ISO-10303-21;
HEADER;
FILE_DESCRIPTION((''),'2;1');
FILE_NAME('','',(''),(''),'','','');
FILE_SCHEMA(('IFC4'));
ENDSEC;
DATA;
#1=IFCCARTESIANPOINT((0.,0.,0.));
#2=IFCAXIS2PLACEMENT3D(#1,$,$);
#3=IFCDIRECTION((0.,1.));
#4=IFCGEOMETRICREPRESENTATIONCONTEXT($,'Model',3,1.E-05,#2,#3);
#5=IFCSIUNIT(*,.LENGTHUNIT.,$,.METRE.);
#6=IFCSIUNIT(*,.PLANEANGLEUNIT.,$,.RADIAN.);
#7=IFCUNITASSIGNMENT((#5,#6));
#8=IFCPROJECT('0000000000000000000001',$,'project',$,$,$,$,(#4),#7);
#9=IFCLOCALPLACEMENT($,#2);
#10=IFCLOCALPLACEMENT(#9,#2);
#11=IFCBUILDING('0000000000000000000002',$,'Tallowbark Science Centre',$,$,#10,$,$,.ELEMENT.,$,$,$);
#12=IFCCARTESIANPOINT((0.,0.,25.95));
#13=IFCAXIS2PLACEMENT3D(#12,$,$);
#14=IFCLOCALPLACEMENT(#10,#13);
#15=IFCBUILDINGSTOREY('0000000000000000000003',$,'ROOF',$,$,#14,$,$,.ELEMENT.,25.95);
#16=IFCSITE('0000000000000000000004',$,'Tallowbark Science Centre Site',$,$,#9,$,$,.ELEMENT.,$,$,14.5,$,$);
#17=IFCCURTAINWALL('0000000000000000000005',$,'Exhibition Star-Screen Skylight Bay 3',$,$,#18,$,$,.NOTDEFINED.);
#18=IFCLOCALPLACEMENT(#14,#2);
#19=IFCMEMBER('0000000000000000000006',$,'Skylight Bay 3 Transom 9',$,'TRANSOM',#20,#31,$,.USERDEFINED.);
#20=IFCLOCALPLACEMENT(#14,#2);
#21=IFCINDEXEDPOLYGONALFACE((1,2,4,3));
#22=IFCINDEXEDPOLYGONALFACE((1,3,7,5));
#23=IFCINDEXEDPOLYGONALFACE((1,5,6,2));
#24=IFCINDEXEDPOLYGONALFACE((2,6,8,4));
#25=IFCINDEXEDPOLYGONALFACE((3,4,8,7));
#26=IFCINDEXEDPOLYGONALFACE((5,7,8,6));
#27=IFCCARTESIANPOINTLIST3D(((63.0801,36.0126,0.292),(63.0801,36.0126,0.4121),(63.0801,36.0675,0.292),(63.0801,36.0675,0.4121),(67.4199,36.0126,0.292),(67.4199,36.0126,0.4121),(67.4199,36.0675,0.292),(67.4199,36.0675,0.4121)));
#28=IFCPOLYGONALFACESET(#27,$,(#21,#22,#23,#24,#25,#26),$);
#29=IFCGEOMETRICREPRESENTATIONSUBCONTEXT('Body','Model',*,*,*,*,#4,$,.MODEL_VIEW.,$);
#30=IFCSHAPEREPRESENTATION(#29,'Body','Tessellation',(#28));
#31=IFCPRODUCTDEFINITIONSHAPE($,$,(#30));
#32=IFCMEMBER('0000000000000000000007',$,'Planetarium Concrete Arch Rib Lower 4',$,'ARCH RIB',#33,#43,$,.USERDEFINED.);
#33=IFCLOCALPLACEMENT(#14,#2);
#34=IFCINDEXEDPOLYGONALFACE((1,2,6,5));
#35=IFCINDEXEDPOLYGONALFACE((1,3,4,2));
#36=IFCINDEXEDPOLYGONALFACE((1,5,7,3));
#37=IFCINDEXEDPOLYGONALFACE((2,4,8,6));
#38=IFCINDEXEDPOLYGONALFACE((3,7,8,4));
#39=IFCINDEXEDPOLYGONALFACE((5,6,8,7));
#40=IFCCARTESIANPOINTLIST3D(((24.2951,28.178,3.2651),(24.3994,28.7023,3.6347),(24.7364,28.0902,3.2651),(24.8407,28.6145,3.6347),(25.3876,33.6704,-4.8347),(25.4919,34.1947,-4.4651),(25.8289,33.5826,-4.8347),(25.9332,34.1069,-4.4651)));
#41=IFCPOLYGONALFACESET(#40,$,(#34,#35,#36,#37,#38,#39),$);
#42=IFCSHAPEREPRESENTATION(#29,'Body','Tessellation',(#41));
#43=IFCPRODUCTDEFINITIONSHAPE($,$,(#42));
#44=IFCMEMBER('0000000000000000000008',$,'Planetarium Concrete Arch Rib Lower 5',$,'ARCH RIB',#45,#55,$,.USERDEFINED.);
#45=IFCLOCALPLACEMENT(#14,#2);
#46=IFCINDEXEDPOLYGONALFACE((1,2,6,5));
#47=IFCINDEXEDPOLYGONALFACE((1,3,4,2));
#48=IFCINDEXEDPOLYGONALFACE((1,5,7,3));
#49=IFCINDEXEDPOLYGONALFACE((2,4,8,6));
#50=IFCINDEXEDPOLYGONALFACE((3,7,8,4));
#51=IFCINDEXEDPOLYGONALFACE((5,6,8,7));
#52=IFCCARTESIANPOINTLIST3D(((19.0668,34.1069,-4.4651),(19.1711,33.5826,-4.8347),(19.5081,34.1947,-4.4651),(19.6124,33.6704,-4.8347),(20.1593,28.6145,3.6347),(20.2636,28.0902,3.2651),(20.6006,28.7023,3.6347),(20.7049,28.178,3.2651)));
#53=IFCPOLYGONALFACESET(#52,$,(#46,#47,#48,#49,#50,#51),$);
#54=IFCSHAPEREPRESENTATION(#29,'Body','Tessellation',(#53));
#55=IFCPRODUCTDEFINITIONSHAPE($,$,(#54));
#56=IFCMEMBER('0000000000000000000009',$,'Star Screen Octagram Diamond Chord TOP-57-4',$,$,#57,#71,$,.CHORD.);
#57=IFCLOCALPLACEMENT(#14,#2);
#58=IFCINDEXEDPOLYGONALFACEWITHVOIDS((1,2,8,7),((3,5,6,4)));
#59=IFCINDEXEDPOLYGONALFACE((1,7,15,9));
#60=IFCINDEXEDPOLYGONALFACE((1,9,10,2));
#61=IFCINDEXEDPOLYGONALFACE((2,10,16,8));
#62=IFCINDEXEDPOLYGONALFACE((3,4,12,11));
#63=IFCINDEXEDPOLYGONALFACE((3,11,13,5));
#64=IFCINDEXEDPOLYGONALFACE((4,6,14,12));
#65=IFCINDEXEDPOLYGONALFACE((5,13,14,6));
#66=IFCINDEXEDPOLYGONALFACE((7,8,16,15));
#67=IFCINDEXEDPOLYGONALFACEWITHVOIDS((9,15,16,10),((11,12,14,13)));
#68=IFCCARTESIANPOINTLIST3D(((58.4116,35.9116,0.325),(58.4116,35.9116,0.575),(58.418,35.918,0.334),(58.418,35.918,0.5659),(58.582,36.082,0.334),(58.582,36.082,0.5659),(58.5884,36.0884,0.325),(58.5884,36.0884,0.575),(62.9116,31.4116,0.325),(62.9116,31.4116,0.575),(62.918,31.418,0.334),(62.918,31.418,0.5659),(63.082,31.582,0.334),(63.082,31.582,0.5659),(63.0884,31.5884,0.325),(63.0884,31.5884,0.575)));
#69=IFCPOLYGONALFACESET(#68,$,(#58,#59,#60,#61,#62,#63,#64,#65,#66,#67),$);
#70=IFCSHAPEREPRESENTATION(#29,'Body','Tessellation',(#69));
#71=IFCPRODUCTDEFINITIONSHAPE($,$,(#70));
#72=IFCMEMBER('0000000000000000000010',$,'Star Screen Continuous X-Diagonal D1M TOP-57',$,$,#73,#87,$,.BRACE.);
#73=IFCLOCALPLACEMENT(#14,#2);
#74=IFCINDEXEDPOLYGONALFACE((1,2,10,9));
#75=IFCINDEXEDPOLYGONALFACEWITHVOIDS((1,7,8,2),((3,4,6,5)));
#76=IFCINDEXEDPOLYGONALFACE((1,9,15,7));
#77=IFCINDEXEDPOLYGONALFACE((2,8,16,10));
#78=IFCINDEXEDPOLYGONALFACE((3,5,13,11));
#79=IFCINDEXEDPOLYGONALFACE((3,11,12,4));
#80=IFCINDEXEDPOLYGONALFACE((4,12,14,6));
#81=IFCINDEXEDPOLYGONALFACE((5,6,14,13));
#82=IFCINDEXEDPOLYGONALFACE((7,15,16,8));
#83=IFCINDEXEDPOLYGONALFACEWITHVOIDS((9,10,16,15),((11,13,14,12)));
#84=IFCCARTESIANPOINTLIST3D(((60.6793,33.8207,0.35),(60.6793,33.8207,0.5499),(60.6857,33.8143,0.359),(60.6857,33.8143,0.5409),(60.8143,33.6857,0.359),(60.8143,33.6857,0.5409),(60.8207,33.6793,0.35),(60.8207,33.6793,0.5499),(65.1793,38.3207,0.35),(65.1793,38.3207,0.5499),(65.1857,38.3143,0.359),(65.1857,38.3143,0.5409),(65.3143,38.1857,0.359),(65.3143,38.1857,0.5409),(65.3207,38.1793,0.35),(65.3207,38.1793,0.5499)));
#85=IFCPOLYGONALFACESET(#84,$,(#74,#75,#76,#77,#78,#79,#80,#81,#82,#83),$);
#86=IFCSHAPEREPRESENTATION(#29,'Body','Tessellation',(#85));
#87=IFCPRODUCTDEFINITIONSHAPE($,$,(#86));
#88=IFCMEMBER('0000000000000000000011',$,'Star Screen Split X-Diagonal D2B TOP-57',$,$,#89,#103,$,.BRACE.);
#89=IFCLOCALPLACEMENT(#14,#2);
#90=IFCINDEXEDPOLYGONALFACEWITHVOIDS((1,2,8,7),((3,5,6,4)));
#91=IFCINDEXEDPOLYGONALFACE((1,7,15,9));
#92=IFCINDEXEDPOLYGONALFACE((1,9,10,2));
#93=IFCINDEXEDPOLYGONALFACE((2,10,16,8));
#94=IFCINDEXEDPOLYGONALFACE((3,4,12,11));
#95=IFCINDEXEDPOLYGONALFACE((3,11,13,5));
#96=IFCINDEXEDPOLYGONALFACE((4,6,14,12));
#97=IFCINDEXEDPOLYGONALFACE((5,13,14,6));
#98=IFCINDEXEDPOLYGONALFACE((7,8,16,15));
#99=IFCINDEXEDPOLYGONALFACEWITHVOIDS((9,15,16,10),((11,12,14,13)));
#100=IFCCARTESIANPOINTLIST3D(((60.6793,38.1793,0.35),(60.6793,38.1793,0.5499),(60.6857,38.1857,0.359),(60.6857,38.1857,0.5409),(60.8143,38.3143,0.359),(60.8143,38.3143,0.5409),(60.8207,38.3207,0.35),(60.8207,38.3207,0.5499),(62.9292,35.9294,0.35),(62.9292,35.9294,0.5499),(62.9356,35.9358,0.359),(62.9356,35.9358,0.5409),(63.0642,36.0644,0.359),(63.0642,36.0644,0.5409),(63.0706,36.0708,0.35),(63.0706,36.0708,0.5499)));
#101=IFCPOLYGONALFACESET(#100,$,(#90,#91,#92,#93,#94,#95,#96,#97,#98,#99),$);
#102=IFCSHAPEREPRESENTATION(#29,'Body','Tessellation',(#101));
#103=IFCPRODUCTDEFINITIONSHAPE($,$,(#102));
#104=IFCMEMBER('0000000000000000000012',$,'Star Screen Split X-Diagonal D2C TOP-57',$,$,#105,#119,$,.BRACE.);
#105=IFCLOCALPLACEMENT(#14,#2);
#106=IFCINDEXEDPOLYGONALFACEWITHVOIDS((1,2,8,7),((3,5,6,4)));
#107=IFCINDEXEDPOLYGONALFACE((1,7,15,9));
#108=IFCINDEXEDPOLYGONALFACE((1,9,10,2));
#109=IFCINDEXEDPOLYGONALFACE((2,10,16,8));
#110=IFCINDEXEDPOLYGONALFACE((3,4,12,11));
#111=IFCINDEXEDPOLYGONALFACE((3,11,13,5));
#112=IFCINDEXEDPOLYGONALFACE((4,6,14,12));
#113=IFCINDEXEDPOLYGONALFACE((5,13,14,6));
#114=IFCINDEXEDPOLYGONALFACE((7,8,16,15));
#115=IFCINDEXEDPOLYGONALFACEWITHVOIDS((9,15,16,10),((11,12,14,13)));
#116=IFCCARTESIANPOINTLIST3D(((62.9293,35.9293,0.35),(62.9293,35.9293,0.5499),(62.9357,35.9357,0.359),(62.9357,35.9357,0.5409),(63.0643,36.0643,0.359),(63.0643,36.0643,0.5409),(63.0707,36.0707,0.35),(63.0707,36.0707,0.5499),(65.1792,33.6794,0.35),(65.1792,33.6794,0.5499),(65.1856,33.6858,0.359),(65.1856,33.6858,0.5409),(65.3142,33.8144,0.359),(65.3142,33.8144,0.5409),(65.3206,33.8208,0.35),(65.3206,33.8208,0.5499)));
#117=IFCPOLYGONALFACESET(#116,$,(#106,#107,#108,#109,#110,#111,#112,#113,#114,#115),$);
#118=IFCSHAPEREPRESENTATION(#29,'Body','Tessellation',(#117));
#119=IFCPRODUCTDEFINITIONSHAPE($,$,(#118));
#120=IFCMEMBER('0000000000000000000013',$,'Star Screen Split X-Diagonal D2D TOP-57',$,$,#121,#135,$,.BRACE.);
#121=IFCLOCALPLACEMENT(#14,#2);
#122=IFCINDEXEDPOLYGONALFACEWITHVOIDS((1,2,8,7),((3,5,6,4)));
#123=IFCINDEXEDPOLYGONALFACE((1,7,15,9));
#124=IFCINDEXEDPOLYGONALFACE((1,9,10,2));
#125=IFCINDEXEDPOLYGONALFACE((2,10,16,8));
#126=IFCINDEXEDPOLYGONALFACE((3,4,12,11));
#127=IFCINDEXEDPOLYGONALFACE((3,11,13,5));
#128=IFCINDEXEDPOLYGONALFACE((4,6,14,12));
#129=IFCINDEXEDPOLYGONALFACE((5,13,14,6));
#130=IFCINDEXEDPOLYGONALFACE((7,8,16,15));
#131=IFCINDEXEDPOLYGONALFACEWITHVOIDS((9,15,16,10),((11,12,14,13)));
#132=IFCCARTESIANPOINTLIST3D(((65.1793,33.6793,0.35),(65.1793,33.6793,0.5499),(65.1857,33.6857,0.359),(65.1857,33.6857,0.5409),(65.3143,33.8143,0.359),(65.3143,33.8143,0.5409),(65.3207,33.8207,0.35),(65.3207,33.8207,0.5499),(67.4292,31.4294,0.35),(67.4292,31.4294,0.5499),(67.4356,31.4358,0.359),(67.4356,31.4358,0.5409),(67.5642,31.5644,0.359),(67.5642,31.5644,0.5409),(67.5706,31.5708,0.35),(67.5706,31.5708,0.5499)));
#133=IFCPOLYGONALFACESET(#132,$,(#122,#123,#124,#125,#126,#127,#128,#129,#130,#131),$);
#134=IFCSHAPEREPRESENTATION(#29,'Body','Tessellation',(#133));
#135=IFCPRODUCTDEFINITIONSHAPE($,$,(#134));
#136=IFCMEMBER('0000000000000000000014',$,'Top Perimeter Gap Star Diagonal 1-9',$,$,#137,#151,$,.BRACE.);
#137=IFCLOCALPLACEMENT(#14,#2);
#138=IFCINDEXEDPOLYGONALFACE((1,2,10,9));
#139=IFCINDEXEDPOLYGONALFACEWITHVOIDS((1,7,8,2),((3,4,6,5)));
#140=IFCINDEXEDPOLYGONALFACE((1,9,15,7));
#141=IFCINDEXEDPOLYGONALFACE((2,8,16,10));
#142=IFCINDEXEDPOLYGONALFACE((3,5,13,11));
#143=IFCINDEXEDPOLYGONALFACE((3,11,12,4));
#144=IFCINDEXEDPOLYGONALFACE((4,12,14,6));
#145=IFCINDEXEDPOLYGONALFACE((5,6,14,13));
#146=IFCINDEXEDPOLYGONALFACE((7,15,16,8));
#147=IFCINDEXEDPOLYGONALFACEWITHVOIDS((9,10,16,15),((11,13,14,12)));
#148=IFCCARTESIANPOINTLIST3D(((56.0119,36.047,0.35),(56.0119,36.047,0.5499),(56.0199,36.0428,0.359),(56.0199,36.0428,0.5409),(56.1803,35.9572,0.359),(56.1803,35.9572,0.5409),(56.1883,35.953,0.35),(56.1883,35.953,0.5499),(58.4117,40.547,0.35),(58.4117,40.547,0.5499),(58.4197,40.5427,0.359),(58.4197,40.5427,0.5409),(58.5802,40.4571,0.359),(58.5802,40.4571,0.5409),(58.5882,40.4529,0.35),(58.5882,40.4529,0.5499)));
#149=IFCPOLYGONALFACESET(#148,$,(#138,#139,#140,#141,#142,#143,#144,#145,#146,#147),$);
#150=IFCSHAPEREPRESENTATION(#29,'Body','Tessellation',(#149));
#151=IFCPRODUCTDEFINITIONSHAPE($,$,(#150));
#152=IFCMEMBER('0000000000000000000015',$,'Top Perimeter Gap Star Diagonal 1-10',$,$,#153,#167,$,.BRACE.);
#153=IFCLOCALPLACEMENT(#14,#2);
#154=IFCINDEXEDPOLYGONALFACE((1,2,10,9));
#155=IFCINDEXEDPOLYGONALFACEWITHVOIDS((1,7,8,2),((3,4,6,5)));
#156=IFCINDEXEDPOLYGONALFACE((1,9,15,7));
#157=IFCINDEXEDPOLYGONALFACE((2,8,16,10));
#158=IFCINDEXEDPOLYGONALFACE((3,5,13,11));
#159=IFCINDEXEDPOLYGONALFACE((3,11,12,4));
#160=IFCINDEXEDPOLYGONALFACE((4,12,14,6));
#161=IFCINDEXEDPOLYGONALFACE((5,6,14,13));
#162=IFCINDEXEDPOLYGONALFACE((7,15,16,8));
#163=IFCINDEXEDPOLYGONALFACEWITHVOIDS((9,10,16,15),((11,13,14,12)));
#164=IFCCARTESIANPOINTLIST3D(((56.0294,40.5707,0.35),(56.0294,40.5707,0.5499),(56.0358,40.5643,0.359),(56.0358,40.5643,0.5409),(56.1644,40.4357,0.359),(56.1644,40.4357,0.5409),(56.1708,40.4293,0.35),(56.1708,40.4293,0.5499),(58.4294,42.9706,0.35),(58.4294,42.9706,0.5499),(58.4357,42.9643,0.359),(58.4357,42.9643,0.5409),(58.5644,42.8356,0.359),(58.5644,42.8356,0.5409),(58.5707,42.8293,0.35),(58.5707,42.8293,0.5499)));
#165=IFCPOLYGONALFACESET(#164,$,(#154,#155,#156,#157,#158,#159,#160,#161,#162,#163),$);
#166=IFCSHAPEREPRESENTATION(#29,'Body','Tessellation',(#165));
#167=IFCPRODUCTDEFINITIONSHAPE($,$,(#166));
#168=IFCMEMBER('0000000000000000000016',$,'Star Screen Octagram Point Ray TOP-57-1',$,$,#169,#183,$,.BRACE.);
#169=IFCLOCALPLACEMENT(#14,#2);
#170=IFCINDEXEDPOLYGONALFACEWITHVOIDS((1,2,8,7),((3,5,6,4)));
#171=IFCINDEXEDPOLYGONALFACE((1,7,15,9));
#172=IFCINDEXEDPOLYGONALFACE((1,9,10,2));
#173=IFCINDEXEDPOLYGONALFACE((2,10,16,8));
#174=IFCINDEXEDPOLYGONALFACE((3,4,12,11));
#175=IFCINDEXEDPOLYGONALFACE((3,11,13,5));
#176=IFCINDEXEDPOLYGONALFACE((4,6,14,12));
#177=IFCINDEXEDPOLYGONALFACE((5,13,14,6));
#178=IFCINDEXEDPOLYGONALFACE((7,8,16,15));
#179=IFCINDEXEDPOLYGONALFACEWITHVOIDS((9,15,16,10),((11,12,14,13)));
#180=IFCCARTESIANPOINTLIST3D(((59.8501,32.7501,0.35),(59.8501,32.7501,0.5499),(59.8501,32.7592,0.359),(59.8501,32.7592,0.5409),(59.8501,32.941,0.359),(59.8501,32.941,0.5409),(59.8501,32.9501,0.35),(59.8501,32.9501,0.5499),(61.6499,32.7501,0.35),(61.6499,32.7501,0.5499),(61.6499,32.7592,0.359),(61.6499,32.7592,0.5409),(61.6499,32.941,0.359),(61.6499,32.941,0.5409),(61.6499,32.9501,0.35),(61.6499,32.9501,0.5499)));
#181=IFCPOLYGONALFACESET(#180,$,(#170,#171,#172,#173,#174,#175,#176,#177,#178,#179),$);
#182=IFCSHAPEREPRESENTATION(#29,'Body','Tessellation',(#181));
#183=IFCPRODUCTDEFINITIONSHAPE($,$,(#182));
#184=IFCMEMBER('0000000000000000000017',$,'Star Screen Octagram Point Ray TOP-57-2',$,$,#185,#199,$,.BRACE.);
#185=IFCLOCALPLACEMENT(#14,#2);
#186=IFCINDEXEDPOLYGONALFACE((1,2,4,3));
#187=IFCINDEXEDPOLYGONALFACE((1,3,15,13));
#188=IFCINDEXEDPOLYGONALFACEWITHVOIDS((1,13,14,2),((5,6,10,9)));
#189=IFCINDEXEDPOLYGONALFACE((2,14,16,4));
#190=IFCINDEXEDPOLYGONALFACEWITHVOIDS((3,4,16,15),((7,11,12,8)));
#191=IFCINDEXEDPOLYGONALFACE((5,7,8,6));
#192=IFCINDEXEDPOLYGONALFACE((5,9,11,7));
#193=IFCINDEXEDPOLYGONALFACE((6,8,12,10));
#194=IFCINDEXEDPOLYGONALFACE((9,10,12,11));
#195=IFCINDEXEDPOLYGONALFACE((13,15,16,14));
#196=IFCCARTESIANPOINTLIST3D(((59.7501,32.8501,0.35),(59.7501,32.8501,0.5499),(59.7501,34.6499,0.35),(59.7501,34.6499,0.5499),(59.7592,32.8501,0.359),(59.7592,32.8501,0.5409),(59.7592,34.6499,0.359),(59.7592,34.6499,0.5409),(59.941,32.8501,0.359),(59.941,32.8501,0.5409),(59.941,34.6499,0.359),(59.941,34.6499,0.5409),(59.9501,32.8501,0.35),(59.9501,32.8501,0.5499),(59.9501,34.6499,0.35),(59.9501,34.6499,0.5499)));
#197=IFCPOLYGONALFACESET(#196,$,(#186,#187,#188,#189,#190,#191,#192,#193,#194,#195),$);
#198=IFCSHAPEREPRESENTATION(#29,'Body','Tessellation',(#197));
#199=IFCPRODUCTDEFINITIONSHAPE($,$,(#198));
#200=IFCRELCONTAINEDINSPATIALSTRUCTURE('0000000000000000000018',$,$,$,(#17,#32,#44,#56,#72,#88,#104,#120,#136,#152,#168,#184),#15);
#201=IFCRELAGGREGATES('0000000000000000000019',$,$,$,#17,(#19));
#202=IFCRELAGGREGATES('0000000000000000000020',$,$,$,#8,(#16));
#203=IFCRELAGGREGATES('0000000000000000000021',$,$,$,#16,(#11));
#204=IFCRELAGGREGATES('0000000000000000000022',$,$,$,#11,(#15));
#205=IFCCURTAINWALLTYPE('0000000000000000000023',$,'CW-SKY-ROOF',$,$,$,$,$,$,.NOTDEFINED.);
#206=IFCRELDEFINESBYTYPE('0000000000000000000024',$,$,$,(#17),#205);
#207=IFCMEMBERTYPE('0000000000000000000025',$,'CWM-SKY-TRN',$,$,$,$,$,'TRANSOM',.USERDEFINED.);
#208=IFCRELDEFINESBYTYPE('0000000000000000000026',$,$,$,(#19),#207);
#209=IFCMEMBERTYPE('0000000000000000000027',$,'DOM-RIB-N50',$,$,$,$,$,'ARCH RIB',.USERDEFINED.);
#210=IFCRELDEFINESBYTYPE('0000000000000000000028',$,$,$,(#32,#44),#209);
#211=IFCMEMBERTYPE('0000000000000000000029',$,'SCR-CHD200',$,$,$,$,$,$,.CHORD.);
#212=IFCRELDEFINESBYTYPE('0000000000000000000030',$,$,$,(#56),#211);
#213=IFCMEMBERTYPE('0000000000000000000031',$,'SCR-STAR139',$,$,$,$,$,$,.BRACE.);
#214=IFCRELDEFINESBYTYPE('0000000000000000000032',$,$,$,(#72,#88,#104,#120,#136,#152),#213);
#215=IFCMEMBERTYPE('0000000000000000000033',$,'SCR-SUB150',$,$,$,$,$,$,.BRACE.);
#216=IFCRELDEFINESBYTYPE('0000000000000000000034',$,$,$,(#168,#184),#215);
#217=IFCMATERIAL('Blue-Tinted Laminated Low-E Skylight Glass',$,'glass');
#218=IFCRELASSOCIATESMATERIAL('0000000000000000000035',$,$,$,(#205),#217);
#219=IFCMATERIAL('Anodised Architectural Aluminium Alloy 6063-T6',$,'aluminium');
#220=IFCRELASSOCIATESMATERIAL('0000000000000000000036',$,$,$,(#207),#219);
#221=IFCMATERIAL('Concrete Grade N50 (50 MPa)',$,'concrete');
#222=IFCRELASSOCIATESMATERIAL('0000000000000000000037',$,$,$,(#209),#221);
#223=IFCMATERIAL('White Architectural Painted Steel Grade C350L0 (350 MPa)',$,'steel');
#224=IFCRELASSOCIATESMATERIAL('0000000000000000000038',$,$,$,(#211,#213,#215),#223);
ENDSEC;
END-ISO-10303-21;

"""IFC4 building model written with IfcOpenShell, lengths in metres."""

from ifc_helpers import new_model, si_unit, direction, frame, origin, origin_2d, place, context, subcontext, project, spatial, rectangle, hollow_rectangle, extrude, material, material_profile, profile_set, type_object, element, aggregate, save


model = new_model("IFC4")

# Units and contexts
model_context = context("Model", 3, precision=1e-05, world=origin(), true_north=direction((0.0, 1.0)))
body_context = subcontext(model_context, "Body", "Model", "MODEL_VIEW")
ifc_project = project(units=[si_unit("LENGTHUNIT", "METRE"), si_unit("PLANEANGLEUNIT", "RADIAN")], contexts=[model_context])

# Site, building, storey
site_placement = place(None, origin())
site = spatial("IfcSite", under=ifc_project, at=site_placement, Name="Tallowbark Science Centre Site", CompositionType="ELEMENT", RefElevation=14.5)
building_placement = place(site_placement, origin())
building = spatial("IfcBuilding", under=site, at=building_placement, Name="Tallowbark Science Centre", CompositionType="ELEMENT")
storey_placement = place(building_placement, frame((0.0, 0.0, 25.95)))
storey = spatial("IfcBuildingStorey", under=building, at=storey_placement, Name="ROOF", CompositionType="ELEMENT", Elevation=25.95)

# Shared definitions
ifc_material_1 = material(Name="White Architectural Painted Steel Grade C350L0 (350 MPa)", Category="steel")
ifc_material_2 = material(Name="Concrete Grade N50 (50 MPa)", Category="concrete")

# Curtain wall, member
ifc_material_3 = material(Name="Blue-Tinted Laminated Low-E Skylight Glass", Category="glass")
curtain_wall_type = type_object("IfcCurtainWallType", Name="CW-SKY-ROOF", PredefinedType="NOTDEFINED", material=ifc_material_3)
ifc_material_4 = material(Name="Anodised Architectural Aluminium Alloy 6063-T6", Category="aluminium")
ifc_material_profile_1 = material_profile(ifc_material_4, rectangle(XDim=0.0549, YDim=0.1201, at=origin_2d()), Name="ALU55x120")
ifc_profile_set_1 = profile_set([ifc_material_profile_1], Name="Anodised Architectural Aluminium Alloy 6063-T6")
member_type_1 = type_object("IfcMemberType", Name="CWM-SKY-TRN", ElementType="TRANSOM", PredefinedType="USERDEFINED", material=ifc_profile_set_1)
curtain_wall_1_placement = place(storey_placement, origin())
curtain_wall_1 = element("IfcCurtainWall", 1, at=curtain_wall_1_placement, inside=storey, type_object=curtain_wall_type, Name="Exhibition Star-Screen Skylight Bay 3", PredefinedType="NOTDEFINED")
member_1_placement = place(storey_placement, frame((63.0801, 36.04, 0.3521), z_axis=(1.0, 0.0, 0.0), x_axis=(0.0, 1.0, 0.0)))
member_1 = element("IfcMember", 2, at=member_1_placement, type_object=member_type_1, Name="Skylight Bay 3 Transom 9", ObjectType="TRANSOM", PredefinedType="USERDEFINED", context=body_context, shape_type="SweptSolid", body=[
    extrude(rectangle(XDim=0.0549, YDim=0.1201, at=origin_2d()), origin(), (0.0, 0.0, 1.0), 4.3398),
])

# Members
ifc_material_profile_2 = material_profile(ifc_material_2, rectangle(XDim=0.45, YDim=0.6499, at=origin_2d()), Name="RC450x650")
ifc_profile_set_2 = profile_set([ifc_material_profile_2], Name="Concrete Grade N50 (50 MPa)")
member_type_2 = type_object("IfcMemberType", Name="DOM-RIB-N50", ElementType="ARCH RIB", PredefinedType="USERDEFINED", material=ifc_profile_set_2)
for number, where, z_axis, x_axis, name in (
    (3, (25.6604, 33.8887, -4.6499), (-0.110948, -0.557764, 0.822551), (0.980785, -0.195093, 0.0), "Planetarium Concrete Arch Rib Lower 4"),
    (4, (19.3396, 33.8887, -4.6499), (0.110948, -0.557764, 0.822551), (0.980785, 0.195093, 0.0), "Planetarium Concrete Arch Rib Lower 5"),
):
    element("IfcMember", number, at=place(storey_placement, frame(where, z_axis=z_axis, x_axis=x_axis)), inside=storey, type_object=member_type_2, Name=name, ObjectType="ARCH RIB", PredefinedType="USERDEFINED", context=body_context, shape_type="SweptSolid", body=[
        extrude(rectangle(XDim=0.45, YDim=0.6499, at=origin_2d()), origin(), (0.0, 0.0, 1.0), 9.8472),
    ])
ifc_material_profile_3 = material_profile(ifc_material_1, hollow_rectangle(XDim=0.25, YDim=0.25, WallThickness=0.009, at=origin_2d()), Name="250x250x9.0SHS")
ifc_profile_set_3 = profile_set([ifc_material_profile_3], Name="White Architectural Painted Steel Grade C350L0 (350 MPa)")
member_type_3 = type_object("IfcMemberType", Name="SCR-CHD200", PredefinedType="CHORD", material=ifc_profile_set_3)
member_2_placement = place(storey_placement, frame((58.5, 36.0, 0.45), z_axis=(0.707107, -0.707107, 0.0), x_axis=(0.707107, 0.707107, 0.0)))
element("IfcMember", 5, at=member_2_placement, inside=storey, type_object=member_type_3, Name="Star Screen Octagram Diamond Chord TOP-57-4", PredefinedType="CHORD", context=body_context, shape_type="SweptSolid", body=[
    extrude(hollow_rectangle(XDim=0.25, YDim=0.25, WallThickness=0.009, at=origin_2d()), origin(), (0.0, 0.0, 1.0), 6.364),
])
ifc_material_profile_4 = material_profile(ifc_material_1, hollow_rectangle(XDim=0.2, YDim=0.2, WallThickness=0.009, at=origin_2d()), Name="200x200x9.0SHS")
ifc_profile_set_4 = profile_set([ifc_material_profile_4], Name="White Architectural Painted Steel Grade C350L0 (350 MPa)")
member_type_4 = type_object("IfcMemberType", Name="SCR-STAR139", PredefinedType="BRACE", material=ifc_profile_set_4)
member_3_placement = place(storey_placement, frame((60.75, 33.75, 0.45), z_axis=(0.707107, 0.707107, 0.0), x_axis=(-0.707107, 0.707107, 0.0)))
element("IfcMember", 6, at=member_3_placement, inside=storey, type_object=member_type_4, Name="Star Screen Continuous X-Diagonal D1M TOP-57", PredefinedType="BRACE", context=body_context, shape_type="SweptSolid", body=[
    extrude(hollow_rectangle(XDim=0.2, YDim=0.2, WallThickness=0.009, at=origin_2d()), origin(), (0.0, 0.0, 1.0), 6.364),
])
for number, where, z_axis, x_axis, name in (
    (7, (60.75, 38.25, 0.45), (0.707107, -0.707107, 0.0), (0.707107, 0.707107, 0.0), "Star Screen Split X-Diagonal D2B TOP-57"),
    (8, (63.0, 36.0, 0.45), (0.707107, -0.707107, 0.0), (0.707107, 0.707107, 0.0), "Star Screen Split X-Diagonal D2C TOP-57"),
    (9, (65.25, 33.75, 0.45), (0.707107, -0.707107, 0.0), (0.707107, 0.707107, 0.0), "Star Screen Split X-Diagonal D2D TOP-57"),
):
    element("IfcMember", number, at=place(storey_placement, frame(where, z_axis=z_axis, x_axis=x_axis)), inside=storey, type_object=member_type_4, Name=name, PredefinedType="BRACE", context=body_context, shape_type="SweptSolid", body=[
        extrude(hollow_rectangle(XDim=0.2, YDim=0.2, WallThickness=0.009, at=origin_2d()), origin(), (0.0, 0.0, 1.0), 3.1819),
    ])
member_4_placement = place(storey_placement, frame((56.1001, 36.0, 0.45), z_axis=(0.470573, 0.882361, 0.0), x_axis=(-0.882361, 0.470573, 0.0)))
element("IfcMember", 10, at=member_4_placement, inside=storey, type_object=member_type_4, Name="Top Perimeter Gap Star Diagonal 1-9", PredefinedType="BRACE", context=body_context, shape_type="SweptSolid", body=[
    extrude(hollow_rectangle(XDim=0.2, YDim=0.2, WallThickness=0.009, at=origin_2d()), origin(), (0.0, 0.0, 1.0), 5.0999),
])
member_5_placement = place(storey_placement, frame((56.1001, 40.5, 0.45), z_axis=(0.707107, 0.707107, 0.0), x_axis=(-0.707107, 0.707107, 0.0)))
element("IfcMember", 11, at=member_5_placement, inside=storey, type_object=member_type_4, Name="Top Perimeter Gap Star Diagonal 1-10", PredefinedType="BRACE", context=body_context, shape_type="SweptSolid", body=[
    extrude(hollow_rectangle(XDim=0.2, YDim=0.2, WallThickness=0.009, at=origin_2d()), origin(), (0.0, 0.0, 1.0), 3.394),
])
ifc_material_profile_5 = material_profile(ifc_material_1, hollow_rectangle(XDim=0.2, YDim=0.2, WallThickness=0.009, at=origin_2d()), Name="200x200x9.0SHS")
ifc_profile_set_5 = profile_set([ifc_material_profile_5], Name="White Architectural Painted Steel Grade C350L0 (350 MPa)")
member_type_5 = type_object("IfcMemberType", Name="SCR-SUB150", PredefinedType="BRACE", material=ifc_profile_set_5)
for number, where, z_axis, x_axis, name in (
    (12, (59.8501, 32.8501, 0.45), (1.0, 0.0, 0.0), (0.0, 1.0, 0.0), "Star Screen Octagram Point Ray TOP-57-1"),
    (13, (59.8501, 32.8501, 0.45), (0.0, 1.0, 0.0), (-1.0, 0.0, 0.0), "Star Screen Octagram Point Ray TOP-57-2"),
):
    element("IfcMember", number, at=place(storey_placement, frame(where, z_axis=z_axis, x_axis=x_axis)), inside=storey, type_object=member_type_5, Name=name, PredefinedType="BRACE", context=body_context, shape_type="SweptSolid", body=[
        extrude(hollow_rectangle(XDim=0.2, YDim=0.2, WallThickness=0.009, at=origin_2d()), origin(), (0.0, 0.0, 1.0), 1.7998),
    ])

aggregate(curtain_wall_1, [member_1])

save(model, "model.ifc")
